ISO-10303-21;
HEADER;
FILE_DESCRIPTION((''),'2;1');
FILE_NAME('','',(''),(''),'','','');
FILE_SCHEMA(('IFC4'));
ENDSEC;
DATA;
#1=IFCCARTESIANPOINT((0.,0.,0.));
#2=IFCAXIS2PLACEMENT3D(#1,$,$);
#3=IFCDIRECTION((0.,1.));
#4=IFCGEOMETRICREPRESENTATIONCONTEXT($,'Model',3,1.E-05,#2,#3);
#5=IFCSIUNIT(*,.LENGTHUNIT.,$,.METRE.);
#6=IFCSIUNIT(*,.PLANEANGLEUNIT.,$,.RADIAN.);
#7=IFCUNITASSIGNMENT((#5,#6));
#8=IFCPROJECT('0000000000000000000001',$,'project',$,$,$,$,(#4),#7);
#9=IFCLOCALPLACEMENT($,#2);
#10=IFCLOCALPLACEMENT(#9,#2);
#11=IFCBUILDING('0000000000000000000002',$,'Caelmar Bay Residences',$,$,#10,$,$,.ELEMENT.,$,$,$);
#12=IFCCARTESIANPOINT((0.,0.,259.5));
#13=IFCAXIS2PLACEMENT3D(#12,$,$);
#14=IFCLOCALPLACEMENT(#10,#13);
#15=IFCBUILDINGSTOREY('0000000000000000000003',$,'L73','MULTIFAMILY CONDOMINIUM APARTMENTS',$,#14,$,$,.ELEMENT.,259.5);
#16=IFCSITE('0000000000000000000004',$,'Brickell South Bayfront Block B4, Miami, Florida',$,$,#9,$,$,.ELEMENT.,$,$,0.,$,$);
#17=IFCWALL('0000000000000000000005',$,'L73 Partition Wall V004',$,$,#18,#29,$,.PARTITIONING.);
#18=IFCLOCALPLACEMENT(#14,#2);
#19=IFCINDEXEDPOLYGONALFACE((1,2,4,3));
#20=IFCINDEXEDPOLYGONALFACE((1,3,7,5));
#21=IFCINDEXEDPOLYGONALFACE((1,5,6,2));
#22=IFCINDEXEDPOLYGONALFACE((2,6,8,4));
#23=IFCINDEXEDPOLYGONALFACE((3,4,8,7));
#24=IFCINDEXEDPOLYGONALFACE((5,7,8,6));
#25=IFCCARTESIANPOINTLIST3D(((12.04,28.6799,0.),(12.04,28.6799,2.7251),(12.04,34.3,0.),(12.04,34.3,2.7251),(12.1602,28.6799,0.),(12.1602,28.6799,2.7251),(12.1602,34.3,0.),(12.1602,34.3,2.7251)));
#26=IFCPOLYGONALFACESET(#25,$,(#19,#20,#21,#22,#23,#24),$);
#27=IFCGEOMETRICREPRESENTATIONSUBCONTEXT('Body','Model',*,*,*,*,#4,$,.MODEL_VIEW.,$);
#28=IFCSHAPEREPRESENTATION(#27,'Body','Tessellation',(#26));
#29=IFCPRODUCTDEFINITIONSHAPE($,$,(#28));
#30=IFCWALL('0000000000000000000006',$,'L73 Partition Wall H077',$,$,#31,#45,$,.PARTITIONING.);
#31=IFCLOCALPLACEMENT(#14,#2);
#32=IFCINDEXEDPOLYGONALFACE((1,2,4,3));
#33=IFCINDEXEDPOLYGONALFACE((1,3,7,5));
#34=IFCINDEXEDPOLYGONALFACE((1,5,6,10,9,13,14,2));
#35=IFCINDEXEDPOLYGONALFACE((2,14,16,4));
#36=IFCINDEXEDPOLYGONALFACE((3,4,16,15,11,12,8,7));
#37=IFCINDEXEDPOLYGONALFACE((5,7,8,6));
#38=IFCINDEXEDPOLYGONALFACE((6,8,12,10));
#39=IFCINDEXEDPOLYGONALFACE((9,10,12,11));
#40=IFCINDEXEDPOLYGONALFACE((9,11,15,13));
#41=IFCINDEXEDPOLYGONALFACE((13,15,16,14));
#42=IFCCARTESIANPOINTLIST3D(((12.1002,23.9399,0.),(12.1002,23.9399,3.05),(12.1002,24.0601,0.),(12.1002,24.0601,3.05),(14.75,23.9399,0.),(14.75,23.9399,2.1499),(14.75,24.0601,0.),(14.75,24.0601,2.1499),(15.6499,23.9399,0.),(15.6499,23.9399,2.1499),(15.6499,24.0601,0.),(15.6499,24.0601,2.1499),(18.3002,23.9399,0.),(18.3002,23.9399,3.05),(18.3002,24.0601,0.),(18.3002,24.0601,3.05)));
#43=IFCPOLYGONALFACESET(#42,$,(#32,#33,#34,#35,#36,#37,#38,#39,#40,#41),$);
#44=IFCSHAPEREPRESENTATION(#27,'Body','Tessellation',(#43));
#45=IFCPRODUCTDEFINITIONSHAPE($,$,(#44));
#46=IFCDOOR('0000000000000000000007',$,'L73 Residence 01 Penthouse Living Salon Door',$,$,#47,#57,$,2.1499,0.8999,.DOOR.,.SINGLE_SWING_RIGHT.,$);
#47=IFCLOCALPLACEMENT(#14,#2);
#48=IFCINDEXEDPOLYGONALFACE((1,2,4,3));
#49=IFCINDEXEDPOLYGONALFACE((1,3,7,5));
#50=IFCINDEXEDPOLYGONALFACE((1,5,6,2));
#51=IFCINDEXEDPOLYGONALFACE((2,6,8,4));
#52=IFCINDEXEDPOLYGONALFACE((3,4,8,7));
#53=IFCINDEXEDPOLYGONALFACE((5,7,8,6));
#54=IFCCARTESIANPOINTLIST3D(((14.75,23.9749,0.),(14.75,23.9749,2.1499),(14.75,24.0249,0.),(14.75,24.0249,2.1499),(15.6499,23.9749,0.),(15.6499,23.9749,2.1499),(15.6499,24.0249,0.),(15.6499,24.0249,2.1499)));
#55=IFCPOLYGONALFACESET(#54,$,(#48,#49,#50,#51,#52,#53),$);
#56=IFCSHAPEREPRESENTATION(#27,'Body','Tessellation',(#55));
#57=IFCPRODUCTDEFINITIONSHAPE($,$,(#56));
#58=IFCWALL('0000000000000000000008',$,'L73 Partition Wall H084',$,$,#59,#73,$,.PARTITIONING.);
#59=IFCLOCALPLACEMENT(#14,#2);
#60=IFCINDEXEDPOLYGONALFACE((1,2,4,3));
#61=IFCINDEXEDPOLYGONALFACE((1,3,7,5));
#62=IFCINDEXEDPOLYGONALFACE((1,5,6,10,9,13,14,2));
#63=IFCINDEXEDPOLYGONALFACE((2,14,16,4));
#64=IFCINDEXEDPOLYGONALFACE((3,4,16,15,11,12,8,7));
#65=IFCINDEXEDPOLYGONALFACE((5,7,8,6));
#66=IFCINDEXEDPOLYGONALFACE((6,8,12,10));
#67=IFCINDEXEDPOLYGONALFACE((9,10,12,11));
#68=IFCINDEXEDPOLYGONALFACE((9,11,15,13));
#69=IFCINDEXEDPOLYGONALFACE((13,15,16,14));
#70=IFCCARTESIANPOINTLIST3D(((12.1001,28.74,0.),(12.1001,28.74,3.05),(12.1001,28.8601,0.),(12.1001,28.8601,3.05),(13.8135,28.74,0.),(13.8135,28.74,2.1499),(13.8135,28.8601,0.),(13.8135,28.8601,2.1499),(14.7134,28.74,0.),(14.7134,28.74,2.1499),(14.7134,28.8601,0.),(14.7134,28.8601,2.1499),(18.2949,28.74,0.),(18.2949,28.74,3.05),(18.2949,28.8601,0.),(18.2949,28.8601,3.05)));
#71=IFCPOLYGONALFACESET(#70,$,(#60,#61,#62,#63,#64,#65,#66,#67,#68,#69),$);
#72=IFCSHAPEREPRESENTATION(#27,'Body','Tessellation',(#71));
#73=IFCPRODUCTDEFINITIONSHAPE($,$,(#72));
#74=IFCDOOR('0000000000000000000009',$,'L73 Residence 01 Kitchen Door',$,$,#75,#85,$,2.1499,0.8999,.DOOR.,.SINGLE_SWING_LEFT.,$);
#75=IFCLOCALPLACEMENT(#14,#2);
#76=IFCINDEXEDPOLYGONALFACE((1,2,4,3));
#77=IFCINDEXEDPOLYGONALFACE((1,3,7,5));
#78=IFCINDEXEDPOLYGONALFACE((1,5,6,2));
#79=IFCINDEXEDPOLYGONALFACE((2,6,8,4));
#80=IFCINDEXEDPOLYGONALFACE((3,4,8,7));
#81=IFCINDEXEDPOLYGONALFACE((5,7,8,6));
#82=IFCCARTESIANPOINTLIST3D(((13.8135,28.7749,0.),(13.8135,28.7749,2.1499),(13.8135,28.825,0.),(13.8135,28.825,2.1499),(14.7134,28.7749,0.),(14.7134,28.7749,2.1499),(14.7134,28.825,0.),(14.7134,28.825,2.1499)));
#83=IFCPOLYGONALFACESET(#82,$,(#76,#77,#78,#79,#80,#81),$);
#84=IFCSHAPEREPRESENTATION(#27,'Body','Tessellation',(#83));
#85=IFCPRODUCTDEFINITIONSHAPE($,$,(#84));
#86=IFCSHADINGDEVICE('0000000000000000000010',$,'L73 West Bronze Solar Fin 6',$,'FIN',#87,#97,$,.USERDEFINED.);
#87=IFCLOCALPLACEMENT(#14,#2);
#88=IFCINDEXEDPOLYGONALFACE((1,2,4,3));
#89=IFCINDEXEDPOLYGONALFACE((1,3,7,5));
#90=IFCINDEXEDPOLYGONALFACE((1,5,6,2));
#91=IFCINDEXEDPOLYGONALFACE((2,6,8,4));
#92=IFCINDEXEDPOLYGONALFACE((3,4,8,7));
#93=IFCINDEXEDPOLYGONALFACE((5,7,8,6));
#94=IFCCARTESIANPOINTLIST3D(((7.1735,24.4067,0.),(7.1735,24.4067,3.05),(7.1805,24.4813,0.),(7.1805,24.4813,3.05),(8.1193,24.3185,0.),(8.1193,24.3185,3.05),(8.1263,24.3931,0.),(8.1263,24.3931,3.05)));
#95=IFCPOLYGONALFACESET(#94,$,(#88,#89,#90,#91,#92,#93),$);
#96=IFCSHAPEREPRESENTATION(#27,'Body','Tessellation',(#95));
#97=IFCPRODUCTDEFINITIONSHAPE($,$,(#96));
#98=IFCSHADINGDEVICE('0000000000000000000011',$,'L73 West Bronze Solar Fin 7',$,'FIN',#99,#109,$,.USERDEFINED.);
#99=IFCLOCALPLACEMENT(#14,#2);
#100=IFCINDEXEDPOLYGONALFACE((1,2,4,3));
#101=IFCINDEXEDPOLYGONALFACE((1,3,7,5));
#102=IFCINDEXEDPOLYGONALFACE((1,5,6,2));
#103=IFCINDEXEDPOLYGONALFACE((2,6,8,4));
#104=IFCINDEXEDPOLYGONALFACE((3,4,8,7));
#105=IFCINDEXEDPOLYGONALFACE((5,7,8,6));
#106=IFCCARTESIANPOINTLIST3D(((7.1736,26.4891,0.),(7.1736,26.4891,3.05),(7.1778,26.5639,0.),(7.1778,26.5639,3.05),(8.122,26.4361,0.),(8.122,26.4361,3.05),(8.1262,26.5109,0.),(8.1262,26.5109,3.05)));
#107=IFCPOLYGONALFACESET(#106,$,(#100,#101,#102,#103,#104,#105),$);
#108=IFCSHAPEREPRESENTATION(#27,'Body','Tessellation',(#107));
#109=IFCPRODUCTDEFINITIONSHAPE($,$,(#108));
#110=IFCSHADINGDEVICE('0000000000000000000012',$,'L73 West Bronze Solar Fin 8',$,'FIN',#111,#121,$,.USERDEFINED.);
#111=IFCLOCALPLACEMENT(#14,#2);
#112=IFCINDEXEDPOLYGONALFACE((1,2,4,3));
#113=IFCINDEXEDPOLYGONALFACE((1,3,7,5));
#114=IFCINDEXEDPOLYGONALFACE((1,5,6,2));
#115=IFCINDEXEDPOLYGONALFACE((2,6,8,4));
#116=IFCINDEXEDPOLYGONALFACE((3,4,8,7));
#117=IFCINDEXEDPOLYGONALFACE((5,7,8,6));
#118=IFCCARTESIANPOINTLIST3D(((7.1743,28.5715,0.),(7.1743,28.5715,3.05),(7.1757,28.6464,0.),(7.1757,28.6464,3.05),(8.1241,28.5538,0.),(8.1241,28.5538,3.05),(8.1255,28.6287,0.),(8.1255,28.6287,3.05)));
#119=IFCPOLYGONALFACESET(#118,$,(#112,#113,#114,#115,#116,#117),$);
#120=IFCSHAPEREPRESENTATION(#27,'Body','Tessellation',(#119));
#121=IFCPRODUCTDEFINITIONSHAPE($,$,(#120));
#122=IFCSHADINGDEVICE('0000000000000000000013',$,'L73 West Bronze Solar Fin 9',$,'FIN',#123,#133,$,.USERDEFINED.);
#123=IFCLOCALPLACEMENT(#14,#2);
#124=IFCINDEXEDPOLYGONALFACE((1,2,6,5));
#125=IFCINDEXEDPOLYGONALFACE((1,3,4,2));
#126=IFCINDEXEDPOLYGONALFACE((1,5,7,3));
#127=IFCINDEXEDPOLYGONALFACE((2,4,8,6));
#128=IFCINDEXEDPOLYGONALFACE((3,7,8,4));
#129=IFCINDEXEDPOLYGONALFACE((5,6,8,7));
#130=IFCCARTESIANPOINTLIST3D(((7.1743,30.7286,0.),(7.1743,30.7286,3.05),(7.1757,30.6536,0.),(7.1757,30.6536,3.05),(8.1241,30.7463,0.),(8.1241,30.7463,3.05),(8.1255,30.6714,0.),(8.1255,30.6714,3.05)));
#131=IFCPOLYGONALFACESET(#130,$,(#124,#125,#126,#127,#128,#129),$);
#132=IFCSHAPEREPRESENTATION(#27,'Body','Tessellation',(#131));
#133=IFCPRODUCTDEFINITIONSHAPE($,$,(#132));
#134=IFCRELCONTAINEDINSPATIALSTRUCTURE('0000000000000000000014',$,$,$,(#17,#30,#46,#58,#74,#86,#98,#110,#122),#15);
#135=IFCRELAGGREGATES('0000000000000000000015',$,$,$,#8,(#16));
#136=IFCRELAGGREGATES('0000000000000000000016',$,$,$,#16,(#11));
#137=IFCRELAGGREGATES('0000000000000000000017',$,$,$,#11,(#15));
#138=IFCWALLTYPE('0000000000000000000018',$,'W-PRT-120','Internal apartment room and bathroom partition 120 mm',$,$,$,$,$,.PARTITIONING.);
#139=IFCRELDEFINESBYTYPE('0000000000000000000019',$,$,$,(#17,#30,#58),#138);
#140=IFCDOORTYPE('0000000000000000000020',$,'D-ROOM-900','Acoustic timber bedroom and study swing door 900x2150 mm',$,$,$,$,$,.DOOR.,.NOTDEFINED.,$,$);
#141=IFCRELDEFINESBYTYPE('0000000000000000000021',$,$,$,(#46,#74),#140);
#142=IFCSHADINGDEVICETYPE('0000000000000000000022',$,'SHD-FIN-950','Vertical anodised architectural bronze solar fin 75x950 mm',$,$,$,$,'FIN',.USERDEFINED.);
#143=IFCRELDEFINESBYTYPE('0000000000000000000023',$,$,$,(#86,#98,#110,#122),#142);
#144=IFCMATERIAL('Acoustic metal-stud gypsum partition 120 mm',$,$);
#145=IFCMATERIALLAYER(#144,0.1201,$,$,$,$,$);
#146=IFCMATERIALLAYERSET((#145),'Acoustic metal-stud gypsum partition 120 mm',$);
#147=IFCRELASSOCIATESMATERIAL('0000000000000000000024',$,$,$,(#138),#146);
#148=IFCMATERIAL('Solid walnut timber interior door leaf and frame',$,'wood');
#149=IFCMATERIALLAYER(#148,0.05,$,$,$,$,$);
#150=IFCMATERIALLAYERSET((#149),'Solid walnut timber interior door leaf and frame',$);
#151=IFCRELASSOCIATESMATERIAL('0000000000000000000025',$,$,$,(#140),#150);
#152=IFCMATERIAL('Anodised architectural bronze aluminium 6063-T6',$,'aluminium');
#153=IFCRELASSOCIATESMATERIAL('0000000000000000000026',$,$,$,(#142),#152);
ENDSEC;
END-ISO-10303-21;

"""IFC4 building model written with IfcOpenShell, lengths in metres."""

from ifc_helpers import new_model, si_unit, direction, frame, frame_2d, origin, origin_2d, place, context, subcontext, project, spatial, rectangle, extrude, material, layer, layer_set, material_profile, profile_set, type_object, element, fill, save


model = new_model("IFC4")

# Units and contexts
model_context = context("Model", 3, precision=1e-05, world=origin(), true_north=direction((0.0, 1.0)))
body_context = subcontext(model_context, "Body", "Model", "MODEL_VIEW")
ifc_project = project(units=[si_unit("LENGTHUNIT", "METRE"), si_unit("PLANEANGLEUNIT", "RADIAN")], contexts=[model_context])

# Site, building, storey
site_placement = place(None, origin())
site = spatial("IfcSite", under=ifc_project, at=site_placement, Name="Brickell South Bayfront Block B4, Miami, Florida", CompositionType="ELEMENT", RefElevation=0.0)
building_placement = place(site_placement, origin())
building = spatial("IfcBuilding", under=site, at=building_placement, Name="Caelmar Bay Residences", CompositionType="ELEMENT")
storey_placement = place(building_placement, frame((0.0, 0.0, 259.5)))
storey = spatial("IfcBuildingStorey", under=building, at=storey_placement, Name="L73", Description="MULTIFAMILY CONDOMINIUM APARTMENTS", CompositionType="ELEMENT", Elevation=259.5)

# Shared definitions
ifc_material_1 = material(Name="Acoustic metal-stud gypsum partition 120 mm")
ifc_layer_1 = layer(ifc_material_1, 0.1201)
ifc_layer_set_1 = layer_set([ifc_layer_1], Name="Acoustic metal-stud gypsum partition 120 mm")
wall_type_1 = type_object("IfcWallType", Name="W-PRT-120", Description="Internal apartment room and bathroom partition 120 mm", PredefinedType="PARTITIONING", material=ifc_layer_set_1)
ifc_material_2 = material(Name="Solid walnut timber interior door leaf and frame", Category="wood")
ifc_layer_2 = layer(ifc_material_2, 0.05)
ifc_layer_set_2 = layer_set([ifc_layer_2], Name="Solid walnut timber interior door leaf and frame")
door_type = type_object("IfcDoorType", Name="D-ROOM-900", Description="Acoustic timber bedroom and study swing door 900x2150 mm", OperationType="NOTDEFINED", PredefinedType="DOOR", material=ifc_layer_set_2)

# Wall
wall_1_placement = place(storey_placement, frame((12.1001, 28.6799, 0.0), z_axis=(0.0, 0.0, 1.0), x_axis=(0.0, 1.0, 0.0)))
element("IfcWall", 1, at=wall_1_placement, inside=storey, type_object=wall_type_1, Name="L73 Partition Wall V004", PredefinedType="PARTITIONING", context=body_context, shape_type="SweptSolid", body=[
    extrude(rectangle(XDim=5.6201, YDim=0.1201, at=frame_2d((2.8101, 0.0))), origin(), (0.0, 0.0, 1.0), 2.7251),
])

# Walls, openings, doors
wall_2_placement = place(storey_placement, frame((12.1001, 24.0, 0.0), z_axis=(0.0, 0.0, 1.0), x_axis=(1.0, 0.0, 0.0)))
wall_2 = element("IfcWall", 2, at=wall_2_placement, inside=storey, type_object=wall_type_1, Name="L73 Partition Wall H077", PredefinedType="PARTITIONING", context=body_context, shape_type="SweptSolid", body=[
    extrude(rectangle(XDim=6.2, YDim=0.1201, at=frame_2d((3.1001, 0.0))), origin(), (0.0, 0.0, 1.0), 3.05),
])
opening_1_placement = place(wall_2_placement, frame((2.6499, 0.0, 0.0)))
opening_1 = element("IfcOpeningElement", 3, at=opening_1_placement, cuts=wall_2, PredefinedType="OPENING", context=body_context, shape_type="SweptSolid", body=[
    extrude(rectangle(XDim=0.8999, YDim=2.1499, at=frame_2d((0.45, 1.075))), frame((0.0, 0.0701, 0.0), z_axis=(0.0, -1.0, 0.0), x_axis=(1.0, 0.0, 0.0)), (0.0, 0.0, 1.0), 0.1401),
])
door_1_placement = place(opening_1_placement, origin())
door_1 = element("IfcDoor", 4, at=door_1_placement, inside=storey, type_object=door_type, Name="L73 Residence 01 Penthouse Living Salon Door", OperationType="SINGLE_SWING_RIGHT", OverallHeight=2.1499, OverallWidth=0.8999, PredefinedType="DOOR", context=body_context, shape_type="SweptSolid", body=[
    extrude(rectangle(XDim=0.8999, YDim=2.1499, at=frame_2d((0.45, 1.075))), frame((0.0, 0.0249, 0.0), z_axis=(0.0, -1.0, 0.0), x_axis=(1.0, 0.0, 0.0)), (0.0, 0.0, 1.0), 0.05),
])
fill(opening_1, door_1)
wall_3_placement = place(storey_placement, frame((12.1001, 28.8, 0.0), z_axis=(0.0, 0.0, 1.0), x_axis=(1.0, 0.0, 0.0)))
wall_3 = element("IfcWall", 5, at=wall_3_placement, inside=storey, type_object=wall_type_1, Name="L73 Partition Wall H084", PredefinedType="PARTITIONING", context=body_context, shape_type="SweptSolid", body=[
    extrude(rectangle(XDim=6.1948, YDim=0.1201, at=frame_2d((3.0974, 0.0))), origin(), (0.0, 0.0, 1.0), 3.05),
])
opening_2_placement = place(wall_3_placement, frame((1.7134, 0.0, 0.0)))
opening_2 = element("IfcOpeningElement", 6, at=opening_2_placement, cuts=wall_3, PredefinedType="OPENING", context=body_context, shape_type="SweptSolid", body=[
    extrude(rectangle(XDim=0.8999, YDim=2.1499, at=frame_2d((0.45, 1.075))), frame((0.0, 0.0701, 0.0), z_axis=(0.0, -1.0, 0.0), x_axis=(1.0, 0.0, 0.0)), (0.0, 0.0, 1.0), 0.1401),
])
door_2_placement = place(opening_2_placement, origin())
door_2 = element("IfcDoor", 7, at=door_2_placement, inside=storey, type_object=door_type, Name="L73 Residence 01 Kitchen Door", OperationType="SINGLE_SWING_LEFT", OverallHeight=2.1499, OverallWidth=0.8999, PredefinedType="DOOR", context=body_context, shape_type="SweptSolid", body=[
    extrude(rectangle(XDim=0.8999, YDim=2.1499, at=frame_2d((0.45, 1.075))), frame((0.0, 0.0249, 0.0), z_axis=(0.0, -1.0, 0.0), x_axis=(1.0, 0.0, 0.0)), (0.0, 0.0, 1.0), 0.05),
])
fill(opening_2, door_2)

# Shading devices
ifc_material_3 = material(Name="Anodised architectural bronze aluminium 6063-T6", Category="aluminium")
ifc_material_profile_1 = material_profile(ifc_material_3, rectangle(XDim=0.075, YDim=0.95, at=origin_2d()), Name="BRONZE-FIN-75X950")
ifc_profile_set_1 = profile_set([ifc_material_profile_1], Name="Anodised architectural bronze aluminium 6063-T6")
shading_device_type = type_object("IfcShadingDeviceType", Name="SHD-FIN-950", Description="Vertical anodised architectural bronze solar fin 75x950 mm", ElementType="FIN", PredefinedType="USERDEFINED", material=ifc_profile_set_1)
for number, where, z_axis, x_axis, name in (
    (8, (7.6499, 24.3999, 0.0), (0.0, 0.0, 1.0), (0.092892, 0.995676, 0.0), "L73 West Bronze Solar Fin 6"),
    (9, (7.6499, 26.5, 0.0), (0.0, 0.0, 1.0), (0.055822, 0.998441, 0.0), "L73 West Bronze Solar Fin 7"),
    (10, (7.6499, 28.6001, 0.0), (0.0, 0.0, 1.0), (0.018674, 0.999826, 0.0), "L73 West Bronze Solar Fin 8"),
    (11, (7.6499, 30.7, 0.0), (0.0, 0.0, 1.0), (-0.018674, 0.999826, 0.0), "L73 West Bronze Solar Fin 9"),
):
    element("IfcShadingDevice", number, at=place(storey_placement, frame(where, z_axis=z_axis, x_axis=x_axis)), inside=storey, type_object=shading_device_type, Name=name, ObjectType="FIN", PredefinedType="USERDEFINED", context=body_context, shape_type="SweptSolid", body=[
        extrude(rectangle(XDim=0.075, YDim=0.95, at=origin_2d()), origin(), (0.0, 0.0, 1.0), 3.05),
    ])

save(model, "model.ifc")
